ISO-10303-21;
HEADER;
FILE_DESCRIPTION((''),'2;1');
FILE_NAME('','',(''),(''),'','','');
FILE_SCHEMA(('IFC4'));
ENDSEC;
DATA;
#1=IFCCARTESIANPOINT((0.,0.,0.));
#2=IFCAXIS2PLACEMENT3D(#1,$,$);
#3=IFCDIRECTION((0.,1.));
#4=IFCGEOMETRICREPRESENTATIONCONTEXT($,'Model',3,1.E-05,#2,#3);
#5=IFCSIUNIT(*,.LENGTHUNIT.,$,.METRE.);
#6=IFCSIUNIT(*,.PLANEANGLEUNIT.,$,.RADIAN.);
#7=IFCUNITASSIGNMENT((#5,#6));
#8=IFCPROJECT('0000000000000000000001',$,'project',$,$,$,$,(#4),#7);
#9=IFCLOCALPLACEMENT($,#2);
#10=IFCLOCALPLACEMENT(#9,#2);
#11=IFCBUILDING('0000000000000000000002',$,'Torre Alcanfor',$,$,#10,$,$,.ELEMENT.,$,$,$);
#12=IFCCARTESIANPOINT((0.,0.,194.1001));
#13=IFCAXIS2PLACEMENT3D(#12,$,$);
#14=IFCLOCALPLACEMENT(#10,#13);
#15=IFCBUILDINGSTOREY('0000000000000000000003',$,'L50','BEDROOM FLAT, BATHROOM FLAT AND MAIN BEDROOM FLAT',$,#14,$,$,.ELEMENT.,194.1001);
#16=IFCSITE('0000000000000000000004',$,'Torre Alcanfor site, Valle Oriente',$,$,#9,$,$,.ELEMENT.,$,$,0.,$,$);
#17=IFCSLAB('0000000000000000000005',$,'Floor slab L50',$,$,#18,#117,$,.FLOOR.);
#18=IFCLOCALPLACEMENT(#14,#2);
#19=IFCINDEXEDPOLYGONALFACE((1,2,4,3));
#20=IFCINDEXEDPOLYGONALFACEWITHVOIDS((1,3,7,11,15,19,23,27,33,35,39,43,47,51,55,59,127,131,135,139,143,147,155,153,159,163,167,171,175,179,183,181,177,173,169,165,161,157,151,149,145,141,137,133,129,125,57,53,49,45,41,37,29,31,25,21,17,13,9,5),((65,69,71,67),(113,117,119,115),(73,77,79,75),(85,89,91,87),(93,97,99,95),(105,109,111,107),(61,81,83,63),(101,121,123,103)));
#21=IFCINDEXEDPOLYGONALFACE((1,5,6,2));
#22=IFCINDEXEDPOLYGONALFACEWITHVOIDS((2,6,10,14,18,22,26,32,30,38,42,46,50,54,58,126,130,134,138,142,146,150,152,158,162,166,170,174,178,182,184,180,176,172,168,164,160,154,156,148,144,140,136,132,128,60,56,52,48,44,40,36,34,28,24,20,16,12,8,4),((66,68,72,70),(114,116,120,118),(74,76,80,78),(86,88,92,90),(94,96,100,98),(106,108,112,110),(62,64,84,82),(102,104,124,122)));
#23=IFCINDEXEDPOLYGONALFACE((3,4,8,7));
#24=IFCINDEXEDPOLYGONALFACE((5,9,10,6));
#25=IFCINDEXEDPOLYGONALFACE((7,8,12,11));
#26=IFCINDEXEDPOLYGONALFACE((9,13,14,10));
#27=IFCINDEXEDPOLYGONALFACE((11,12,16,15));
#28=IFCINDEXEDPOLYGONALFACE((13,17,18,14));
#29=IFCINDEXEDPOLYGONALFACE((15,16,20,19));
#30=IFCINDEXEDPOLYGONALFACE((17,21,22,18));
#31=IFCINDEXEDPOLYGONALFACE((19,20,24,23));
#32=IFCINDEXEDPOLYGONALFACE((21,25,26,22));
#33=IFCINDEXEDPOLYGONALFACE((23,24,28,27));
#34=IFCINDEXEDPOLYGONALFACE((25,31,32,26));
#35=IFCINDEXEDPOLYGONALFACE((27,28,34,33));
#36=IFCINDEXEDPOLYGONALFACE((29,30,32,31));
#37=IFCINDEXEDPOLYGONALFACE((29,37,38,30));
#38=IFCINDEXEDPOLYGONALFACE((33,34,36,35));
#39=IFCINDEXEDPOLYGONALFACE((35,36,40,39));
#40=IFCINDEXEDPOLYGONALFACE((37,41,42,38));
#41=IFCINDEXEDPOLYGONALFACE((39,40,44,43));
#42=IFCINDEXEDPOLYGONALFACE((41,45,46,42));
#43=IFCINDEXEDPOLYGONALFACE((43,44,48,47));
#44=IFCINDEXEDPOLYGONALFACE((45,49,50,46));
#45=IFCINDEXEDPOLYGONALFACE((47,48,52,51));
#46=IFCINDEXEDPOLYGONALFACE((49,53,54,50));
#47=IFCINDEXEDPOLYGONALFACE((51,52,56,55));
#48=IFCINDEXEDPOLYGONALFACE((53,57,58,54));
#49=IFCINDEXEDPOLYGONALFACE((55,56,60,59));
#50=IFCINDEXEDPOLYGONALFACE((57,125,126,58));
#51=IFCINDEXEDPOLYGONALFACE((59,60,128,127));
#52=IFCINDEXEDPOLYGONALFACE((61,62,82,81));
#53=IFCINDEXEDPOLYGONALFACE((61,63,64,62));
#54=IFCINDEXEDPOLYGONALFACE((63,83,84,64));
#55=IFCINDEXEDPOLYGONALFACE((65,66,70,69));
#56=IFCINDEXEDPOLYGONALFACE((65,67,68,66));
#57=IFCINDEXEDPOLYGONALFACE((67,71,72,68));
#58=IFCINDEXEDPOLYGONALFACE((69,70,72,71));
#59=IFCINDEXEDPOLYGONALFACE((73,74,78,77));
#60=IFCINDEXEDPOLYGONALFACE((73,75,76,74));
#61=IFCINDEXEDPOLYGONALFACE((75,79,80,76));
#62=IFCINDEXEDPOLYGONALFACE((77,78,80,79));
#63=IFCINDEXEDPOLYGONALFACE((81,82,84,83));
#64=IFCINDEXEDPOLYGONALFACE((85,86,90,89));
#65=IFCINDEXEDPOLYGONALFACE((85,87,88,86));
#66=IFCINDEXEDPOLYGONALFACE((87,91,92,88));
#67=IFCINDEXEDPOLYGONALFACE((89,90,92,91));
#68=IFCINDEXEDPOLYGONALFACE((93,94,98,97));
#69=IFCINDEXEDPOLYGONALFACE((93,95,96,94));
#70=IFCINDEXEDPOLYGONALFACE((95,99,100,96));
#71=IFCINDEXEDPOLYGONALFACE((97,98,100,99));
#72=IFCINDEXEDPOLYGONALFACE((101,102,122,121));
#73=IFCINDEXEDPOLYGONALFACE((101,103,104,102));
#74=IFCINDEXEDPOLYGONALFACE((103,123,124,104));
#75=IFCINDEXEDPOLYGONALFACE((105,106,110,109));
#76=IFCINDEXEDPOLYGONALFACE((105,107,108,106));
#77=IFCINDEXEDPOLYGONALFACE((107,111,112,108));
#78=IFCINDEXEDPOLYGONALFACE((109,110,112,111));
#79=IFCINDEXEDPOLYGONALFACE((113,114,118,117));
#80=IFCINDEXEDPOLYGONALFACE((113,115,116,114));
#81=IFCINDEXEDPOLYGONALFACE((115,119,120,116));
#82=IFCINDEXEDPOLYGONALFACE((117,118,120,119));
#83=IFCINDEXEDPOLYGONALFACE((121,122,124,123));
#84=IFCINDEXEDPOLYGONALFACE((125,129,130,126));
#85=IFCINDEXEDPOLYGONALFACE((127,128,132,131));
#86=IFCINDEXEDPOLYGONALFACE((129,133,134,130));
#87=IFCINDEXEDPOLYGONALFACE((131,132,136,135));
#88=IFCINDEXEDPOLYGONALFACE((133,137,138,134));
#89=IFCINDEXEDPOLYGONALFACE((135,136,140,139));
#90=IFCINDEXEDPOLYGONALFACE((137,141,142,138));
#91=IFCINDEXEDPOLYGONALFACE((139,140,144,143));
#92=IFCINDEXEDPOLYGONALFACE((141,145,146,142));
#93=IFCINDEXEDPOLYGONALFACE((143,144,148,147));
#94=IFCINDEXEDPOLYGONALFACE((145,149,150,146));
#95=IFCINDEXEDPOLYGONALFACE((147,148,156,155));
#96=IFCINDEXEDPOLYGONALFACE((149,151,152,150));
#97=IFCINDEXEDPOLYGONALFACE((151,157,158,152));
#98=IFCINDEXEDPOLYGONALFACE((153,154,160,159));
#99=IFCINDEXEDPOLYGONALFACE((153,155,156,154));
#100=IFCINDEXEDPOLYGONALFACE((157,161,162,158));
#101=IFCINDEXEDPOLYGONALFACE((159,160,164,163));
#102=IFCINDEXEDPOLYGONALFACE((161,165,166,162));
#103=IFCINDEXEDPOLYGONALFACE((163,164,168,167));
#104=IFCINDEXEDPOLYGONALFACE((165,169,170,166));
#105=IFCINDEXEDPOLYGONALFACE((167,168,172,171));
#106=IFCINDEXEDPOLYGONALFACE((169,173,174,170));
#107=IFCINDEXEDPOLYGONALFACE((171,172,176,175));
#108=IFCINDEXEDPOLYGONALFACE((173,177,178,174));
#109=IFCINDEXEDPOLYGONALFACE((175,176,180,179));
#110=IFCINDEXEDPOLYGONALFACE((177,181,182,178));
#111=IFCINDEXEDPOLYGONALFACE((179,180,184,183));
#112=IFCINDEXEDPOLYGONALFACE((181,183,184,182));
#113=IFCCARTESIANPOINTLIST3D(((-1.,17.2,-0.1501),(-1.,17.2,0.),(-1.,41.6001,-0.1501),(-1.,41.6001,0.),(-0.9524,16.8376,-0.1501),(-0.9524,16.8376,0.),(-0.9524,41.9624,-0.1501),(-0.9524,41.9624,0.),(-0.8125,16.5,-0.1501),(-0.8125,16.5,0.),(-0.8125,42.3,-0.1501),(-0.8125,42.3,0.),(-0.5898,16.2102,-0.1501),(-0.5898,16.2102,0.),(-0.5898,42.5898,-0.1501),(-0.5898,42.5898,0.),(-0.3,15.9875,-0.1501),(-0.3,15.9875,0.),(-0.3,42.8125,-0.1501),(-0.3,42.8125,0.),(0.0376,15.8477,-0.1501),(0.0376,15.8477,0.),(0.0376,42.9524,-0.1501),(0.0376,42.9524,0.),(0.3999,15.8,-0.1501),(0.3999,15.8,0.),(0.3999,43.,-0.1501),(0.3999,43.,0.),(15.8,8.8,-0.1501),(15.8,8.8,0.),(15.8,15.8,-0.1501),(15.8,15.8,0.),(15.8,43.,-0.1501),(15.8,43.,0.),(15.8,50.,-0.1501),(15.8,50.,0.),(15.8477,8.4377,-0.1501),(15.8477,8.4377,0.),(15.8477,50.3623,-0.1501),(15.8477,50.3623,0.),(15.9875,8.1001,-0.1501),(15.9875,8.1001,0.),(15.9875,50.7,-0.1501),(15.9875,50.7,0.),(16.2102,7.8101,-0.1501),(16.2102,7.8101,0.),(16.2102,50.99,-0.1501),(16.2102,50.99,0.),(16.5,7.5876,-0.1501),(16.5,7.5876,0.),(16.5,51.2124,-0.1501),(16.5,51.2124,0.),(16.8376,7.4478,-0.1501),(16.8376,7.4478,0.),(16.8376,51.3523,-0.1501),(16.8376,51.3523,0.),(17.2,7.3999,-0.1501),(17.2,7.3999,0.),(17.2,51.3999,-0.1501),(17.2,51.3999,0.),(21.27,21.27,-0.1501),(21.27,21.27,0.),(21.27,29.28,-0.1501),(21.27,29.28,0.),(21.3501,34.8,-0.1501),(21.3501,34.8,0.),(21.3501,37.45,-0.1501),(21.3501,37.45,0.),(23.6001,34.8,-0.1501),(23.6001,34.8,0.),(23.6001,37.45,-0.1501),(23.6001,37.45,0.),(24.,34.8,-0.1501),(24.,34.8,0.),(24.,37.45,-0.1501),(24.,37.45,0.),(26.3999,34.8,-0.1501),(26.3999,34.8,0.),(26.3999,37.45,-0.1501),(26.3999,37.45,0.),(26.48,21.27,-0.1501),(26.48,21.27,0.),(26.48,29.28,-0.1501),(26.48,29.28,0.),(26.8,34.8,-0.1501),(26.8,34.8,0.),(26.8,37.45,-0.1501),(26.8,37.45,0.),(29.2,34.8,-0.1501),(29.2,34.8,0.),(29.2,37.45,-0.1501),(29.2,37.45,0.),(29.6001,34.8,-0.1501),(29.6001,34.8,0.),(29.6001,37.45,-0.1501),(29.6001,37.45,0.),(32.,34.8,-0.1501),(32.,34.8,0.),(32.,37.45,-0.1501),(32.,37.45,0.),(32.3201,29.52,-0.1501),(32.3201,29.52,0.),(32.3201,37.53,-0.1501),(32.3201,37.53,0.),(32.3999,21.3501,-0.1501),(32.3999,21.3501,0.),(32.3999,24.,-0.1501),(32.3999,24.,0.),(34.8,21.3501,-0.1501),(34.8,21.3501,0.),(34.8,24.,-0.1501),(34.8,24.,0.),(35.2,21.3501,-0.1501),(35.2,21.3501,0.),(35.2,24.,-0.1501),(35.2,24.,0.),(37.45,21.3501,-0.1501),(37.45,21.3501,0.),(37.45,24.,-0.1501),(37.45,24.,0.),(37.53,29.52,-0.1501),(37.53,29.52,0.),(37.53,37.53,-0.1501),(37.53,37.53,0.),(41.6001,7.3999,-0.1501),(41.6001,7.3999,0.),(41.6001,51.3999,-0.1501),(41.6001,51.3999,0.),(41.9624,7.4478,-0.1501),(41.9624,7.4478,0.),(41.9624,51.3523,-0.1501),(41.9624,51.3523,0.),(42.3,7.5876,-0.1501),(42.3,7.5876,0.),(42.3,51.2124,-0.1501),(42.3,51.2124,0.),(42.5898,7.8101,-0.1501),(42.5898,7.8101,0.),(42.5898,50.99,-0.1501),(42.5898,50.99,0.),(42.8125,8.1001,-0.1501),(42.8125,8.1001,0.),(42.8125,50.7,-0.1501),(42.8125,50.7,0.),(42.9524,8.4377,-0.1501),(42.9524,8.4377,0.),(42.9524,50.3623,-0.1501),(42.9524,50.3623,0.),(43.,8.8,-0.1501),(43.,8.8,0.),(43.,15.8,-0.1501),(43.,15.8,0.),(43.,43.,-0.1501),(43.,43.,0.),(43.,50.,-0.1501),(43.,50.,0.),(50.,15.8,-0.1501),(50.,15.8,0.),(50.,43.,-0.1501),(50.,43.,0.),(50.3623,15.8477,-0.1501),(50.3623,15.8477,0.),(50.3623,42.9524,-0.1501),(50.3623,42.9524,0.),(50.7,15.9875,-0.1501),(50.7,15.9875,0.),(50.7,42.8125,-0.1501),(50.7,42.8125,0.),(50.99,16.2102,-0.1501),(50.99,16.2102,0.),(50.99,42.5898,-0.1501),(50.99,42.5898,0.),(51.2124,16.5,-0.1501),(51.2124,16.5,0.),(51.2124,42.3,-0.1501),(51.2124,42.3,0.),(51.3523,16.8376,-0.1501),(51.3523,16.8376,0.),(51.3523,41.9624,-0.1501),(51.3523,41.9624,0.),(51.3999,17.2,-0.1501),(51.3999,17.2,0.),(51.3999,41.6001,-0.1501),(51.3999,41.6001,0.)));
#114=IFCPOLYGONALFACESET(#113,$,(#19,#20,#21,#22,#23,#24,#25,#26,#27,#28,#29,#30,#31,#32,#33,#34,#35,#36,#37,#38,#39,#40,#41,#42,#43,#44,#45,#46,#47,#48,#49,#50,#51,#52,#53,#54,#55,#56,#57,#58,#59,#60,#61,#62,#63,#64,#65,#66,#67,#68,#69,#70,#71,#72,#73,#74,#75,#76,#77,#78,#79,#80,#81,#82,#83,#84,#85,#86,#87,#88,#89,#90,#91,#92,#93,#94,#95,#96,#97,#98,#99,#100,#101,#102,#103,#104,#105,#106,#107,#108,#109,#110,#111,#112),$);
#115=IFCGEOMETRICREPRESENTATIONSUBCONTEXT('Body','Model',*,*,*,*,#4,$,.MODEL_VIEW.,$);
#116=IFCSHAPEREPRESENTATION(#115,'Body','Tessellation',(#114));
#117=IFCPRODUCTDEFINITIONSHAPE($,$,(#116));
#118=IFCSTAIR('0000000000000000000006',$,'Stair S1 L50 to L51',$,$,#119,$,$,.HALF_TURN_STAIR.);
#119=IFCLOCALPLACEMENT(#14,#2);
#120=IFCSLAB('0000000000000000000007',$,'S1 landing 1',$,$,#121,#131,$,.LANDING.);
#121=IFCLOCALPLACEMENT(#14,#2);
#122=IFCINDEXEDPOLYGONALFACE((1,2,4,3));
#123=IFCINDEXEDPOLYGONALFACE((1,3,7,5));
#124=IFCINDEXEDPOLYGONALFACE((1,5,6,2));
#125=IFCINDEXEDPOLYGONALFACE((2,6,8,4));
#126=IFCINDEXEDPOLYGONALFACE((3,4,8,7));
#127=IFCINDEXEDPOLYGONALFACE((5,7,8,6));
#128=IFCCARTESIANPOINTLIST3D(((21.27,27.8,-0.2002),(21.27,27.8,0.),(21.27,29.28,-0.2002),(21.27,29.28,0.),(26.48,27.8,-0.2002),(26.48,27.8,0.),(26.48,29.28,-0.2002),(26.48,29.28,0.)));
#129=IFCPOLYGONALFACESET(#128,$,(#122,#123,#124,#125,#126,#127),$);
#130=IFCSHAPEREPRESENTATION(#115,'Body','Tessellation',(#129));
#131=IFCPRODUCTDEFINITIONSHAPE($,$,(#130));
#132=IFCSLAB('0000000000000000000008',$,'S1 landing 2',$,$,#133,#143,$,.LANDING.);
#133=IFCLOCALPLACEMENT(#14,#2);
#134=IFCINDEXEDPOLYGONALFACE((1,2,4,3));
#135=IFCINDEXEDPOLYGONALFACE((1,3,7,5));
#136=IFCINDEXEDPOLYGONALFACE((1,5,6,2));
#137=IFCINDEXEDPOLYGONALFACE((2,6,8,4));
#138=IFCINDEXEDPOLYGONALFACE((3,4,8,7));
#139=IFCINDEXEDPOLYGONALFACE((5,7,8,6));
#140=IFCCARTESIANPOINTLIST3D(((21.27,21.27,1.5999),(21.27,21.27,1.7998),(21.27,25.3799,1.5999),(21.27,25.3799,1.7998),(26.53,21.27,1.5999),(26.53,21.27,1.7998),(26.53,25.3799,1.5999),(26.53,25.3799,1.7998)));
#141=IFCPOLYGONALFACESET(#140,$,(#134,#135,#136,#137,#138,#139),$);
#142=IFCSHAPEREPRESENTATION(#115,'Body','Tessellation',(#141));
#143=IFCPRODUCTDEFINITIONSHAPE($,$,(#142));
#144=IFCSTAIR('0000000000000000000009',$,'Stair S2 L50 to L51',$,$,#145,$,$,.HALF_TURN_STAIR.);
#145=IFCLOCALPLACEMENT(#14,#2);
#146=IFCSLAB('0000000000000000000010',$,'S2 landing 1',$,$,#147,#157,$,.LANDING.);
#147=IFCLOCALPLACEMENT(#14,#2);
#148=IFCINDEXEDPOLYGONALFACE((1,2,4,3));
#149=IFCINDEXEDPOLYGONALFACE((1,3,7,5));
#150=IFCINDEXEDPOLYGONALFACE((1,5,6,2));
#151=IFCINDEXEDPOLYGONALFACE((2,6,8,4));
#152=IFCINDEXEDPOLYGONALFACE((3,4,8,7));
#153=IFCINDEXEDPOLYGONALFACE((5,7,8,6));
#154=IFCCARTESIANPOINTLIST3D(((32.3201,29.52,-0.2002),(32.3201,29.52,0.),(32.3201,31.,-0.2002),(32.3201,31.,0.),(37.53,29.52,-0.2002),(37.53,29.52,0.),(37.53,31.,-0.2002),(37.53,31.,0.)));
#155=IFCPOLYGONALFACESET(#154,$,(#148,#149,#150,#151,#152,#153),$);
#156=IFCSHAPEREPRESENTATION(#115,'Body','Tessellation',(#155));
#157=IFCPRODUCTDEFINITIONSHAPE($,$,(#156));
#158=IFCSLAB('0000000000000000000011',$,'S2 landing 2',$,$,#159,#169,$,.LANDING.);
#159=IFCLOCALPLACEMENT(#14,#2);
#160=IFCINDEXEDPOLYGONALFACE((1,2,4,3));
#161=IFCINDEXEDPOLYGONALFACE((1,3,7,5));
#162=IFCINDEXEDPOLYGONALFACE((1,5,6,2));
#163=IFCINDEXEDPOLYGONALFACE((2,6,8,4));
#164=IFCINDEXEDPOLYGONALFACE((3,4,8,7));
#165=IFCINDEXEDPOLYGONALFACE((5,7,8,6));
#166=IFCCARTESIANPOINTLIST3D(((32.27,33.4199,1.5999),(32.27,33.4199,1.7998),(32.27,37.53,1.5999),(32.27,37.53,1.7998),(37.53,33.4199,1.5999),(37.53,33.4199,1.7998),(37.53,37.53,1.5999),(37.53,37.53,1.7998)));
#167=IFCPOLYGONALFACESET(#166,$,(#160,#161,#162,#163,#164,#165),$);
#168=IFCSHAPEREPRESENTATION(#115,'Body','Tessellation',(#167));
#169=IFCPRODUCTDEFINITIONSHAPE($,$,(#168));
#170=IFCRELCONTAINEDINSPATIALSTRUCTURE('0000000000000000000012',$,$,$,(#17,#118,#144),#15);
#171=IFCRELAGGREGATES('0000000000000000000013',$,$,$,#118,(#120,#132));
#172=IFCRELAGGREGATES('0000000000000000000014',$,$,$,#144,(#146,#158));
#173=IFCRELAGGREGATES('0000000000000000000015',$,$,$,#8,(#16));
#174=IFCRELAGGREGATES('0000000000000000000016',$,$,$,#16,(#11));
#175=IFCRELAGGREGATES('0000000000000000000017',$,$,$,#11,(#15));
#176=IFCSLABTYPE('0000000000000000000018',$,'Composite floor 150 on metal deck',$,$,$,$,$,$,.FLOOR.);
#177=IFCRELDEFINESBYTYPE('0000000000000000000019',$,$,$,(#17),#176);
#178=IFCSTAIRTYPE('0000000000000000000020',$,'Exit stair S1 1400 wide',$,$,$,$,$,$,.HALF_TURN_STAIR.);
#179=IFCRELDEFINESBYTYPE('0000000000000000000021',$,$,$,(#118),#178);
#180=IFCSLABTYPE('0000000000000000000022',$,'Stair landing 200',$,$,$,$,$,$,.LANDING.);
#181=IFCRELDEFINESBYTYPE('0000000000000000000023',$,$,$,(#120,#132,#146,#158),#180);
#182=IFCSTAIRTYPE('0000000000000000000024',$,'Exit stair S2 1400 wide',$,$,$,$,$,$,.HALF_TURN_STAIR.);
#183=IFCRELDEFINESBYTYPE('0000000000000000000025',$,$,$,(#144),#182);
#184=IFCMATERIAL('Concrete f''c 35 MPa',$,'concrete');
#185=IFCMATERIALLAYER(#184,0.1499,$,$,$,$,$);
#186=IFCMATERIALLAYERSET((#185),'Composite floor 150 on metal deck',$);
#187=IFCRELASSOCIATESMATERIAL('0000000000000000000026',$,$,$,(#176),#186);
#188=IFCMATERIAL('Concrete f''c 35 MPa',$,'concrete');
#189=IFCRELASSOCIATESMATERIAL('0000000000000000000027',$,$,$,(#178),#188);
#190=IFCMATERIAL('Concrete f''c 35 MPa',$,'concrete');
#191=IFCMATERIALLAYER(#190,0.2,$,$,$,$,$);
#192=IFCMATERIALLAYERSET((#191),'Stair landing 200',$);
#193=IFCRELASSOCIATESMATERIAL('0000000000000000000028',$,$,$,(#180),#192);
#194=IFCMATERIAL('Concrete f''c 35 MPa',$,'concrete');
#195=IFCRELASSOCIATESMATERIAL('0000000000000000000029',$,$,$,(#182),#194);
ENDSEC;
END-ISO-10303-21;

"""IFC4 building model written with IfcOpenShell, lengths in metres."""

from ifc_helpers import new_model, si_unit, direction, frame, origin, place, context, subcontext, project, spatial, polyline, outline, extrude, material, layer, layer_set, type_object, element, aggregate, save


model = new_model("IFC4")

# Units and contexts
model_context = context("Model", 3, precision=1e-05, world=origin(), true_north=direction((0.0, 1.0)))
body_context = subcontext(model_context, "Body", "Model", "MODEL_VIEW")
ifc_project = project(units=[si_unit("LENGTHUNIT", "METRE"), si_unit("PLANEANGLEUNIT", "RADIAN")], contexts=[model_context])

# Site, building, storey
site_placement = place(None, origin())
site = spatial("IfcSite", under=ifc_project, at=site_placement, Name="Torre Alcanfor site, Valle Oriente", CompositionType="ELEMENT", RefElevation=0.0)
building_placement = place(site_placement, origin())
building = spatial("IfcBuilding", under=site, at=building_placement, Name="Torre Alcanfor", CompositionType="ELEMENT")
storey_placement = place(building_placement, frame((0.0, 0.0, 194.1001)))
storey = spatial("IfcBuildingStorey", under=building, at=storey_placement, Name="L50", Description="BEDROOM FLAT, BATHROOM FLAT AND MAIN BEDROOM FLAT", CompositionType="ELEMENT", Elevation=194.1001)

# Slab
ifc_material_1 = material(Name="Concrete f'c 35 MPa", Category="concrete")
ifc_layer_1 = layer(ifc_material_1, 0.1499)
ifc_layer_set_1 = layer_set([ifc_layer_1], Name="Composite floor 150 on metal deck")
slab_type_1 = type_object("IfcSlabType", Name="Composite floor 150 on metal deck", PredefinedType="FLOOR", material=ifc_layer_set_1)
slab_1_placement = place(storey_placement, frame((0.0, 0.0, -0.1501)))
element("IfcSlab", 1, at=slab_1_placement, inside=storey, type_object=slab_type_1, Name="Floor slab L50", PredefinedType="FLOOR", context=body_context, shape_type="SweptSolid", body=[
    extrude(outline(polyline([(15.8, 43.0), (0.3999, 43.0), (0.0376, 42.9524), (-0.3, 42.8125), (-0.5898, 42.5898), (-0.8125, 42.3), (-0.9524, 41.9624), (-1.0, 41.6001), (-1.0, 17.2), (-0.9524, 16.8376), (-0.8125, 16.5), (-0.5898, 16.2102), (-0.3, 15.9875), (0.0376, 15.8477), (0.3999, 15.8), (15.8, 15.8), (15.8, 8.8), (15.8477, 8.4377), (15.9875, 8.1001), (16.2102, 7.8101), (16.5, 7.5876), (16.8376, 7.4478), (17.2, 7.3999), (41.6001, 7.3999), (41.9624, 7.4478), (42.3, 7.5876), (42.5898, 7.8101), (42.8125, 8.1001), (42.9524, 8.4377), (43.0, 8.8), (43.0, 15.8), (50.0, 15.8), (50.3623, 15.8477), (50.7, 15.9875), (50.99, 16.2102), (51.2124, 16.5), (51.3523, 16.8376), (51.3999, 17.2), (51.3999, 41.6001), (51.3523, 41.9624), (51.2124, 42.3), (50.99, 42.5898), (50.7, 42.8125), (50.3623, 42.9524), (50.0, 43.0), (43.0, 43.0), (43.0, 50.0), (42.9524, 50.3623), (42.8125, 50.7), (42.5898, 50.99), (42.3, 51.2124), (41.9624, 51.3523), (41.6001, 51.3999), (17.2, 51.3999), (16.8376, 51.3523), (16.5, 51.2124), (16.2102, 50.99), (15.9875, 50.7), (15.8477, 50.3623), (15.8, 50.0), (15.8, 43.0)]), holes=[polyline([(21.27, 21.27), (26.48, 21.27), (26.48, 29.28), (21.27, 29.28), (21.27, 21.27)]), polyline([(32.3201, 29.52), (37.53, 29.52), (37.53, 37.53), (32.3201, 37.53), (32.3201, 29.52)]), polyline([(32.3999, 21.3501), (34.8, 21.3501), (34.8, 24.0), (32.3999, 24.0), (32.3999, 21.3501)]), polyline([(35.2, 21.3501), (37.45, 21.3501), (37.45, 24.0), (35.2, 24.0), (35.2, 21.3501)]), polyline([(21.3501, 34.8), (23.6001, 34.8), (23.6001, 37.45), (21.3501, 37.45), (21.3501, 34.8)]), polyline([(24.0, 34.8), (26.3999, 34.8), (26.3999, 37.45), (24.0, 37.45), (24.0, 34.8)]), polyline([(26.8, 34.8), (29.2, 34.8), (29.2, 37.45), (26.8, 37.45), (26.8, 34.8)]), polyline([(29.6001, 34.8), (32.0, 34.8), (32.0, 37.45), (29.6001, 37.45), (29.6001, 34.8)])]), origin(), (0.0, 0.0, 1.0), 0.1501),
])

# Stairs, slabs
ifc_material_2 = material(Name="Concrete f'c 35 MPa", Category="concrete")
stair_type_1 = type_object("IfcStairType", Name="Exit stair S1 1400 wide", PredefinedType="HALF_TURN_STAIR", material=ifc_material_2)
stair_1_placement = place(storey_placement, origin())
stair_1 = element("IfcStair", 2, at=stair_1_placement, inside=storey, type_object=stair_type_1, Name="Stair S1 L50 to L51", PredefinedType="HALF_TURN_STAIR")
ifc_material_3 = material(Name="Concrete f'c 35 MPa", Category="concrete")
ifc_layer_2 = layer(ifc_material_3, 0.2)
ifc_layer_set_2 = layer_set([ifc_layer_2], Name="Stair landing 200")
slab_type_2 = type_object("IfcSlabType", Name="Stair landing 200", PredefinedType="LANDING", material=ifc_layer_set_2)
slab_2_placement = place(storey_placement, frame((0.0, 0.0, -0.2002)))
slab_2 = element("IfcSlab", 3, at=slab_2_placement, type_object=slab_type_2, Name="S1 landing 1", PredefinedType="LANDING", context=body_context, shape_type="SweptSolid", body=[
    extrude(outline(polyline([(21.27, 27.8), (26.48, 27.8), (26.48, 29.28), (21.27, 29.28), (21.27, 27.8)])), origin(), (0.0, 0.0, 1.0), 0.2002),
])
slab_3_placement = place(storey_placement, frame((0.0, 0.0, 1.5999)))
slab_3 = element("IfcSlab", 4, at=slab_3_placement, type_object=slab_type_2, Name="S1 landing 2", PredefinedType="LANDING", context=body_context, shape_type="SweptSolid", body=[
    extrude(outline(polyline([(21.27, 21.27), (26.53, 21.27), (26.53, 25.3799), (21.27, 25.3799), (21.27, 21.27)])), origin(), (0.0, 0.0, 1.0), 0.2),
])
aggregate(stair_1, [slab_2, slab_3])
ifc_material_4 = material(Name="Concrete f'c 35 MPa", Category="concrete")
stair_type_2 = type_object("IfcStairType", Name="Exit stair S2 1400 wide", PredefinedType="HALF_TURN_STAIR", material=ifc_material_4)
stair_2_placement = place(storey_placement, origin())
stair_2 = element("IfcStair", 5, at=stair_2_placement, inside=storey, type_object=stair_type_2, Name="Stair S2 L50 to L51", PredefinedType="HALF_TURN_STAIR")
slab_4_placement = place(storey_placement, frame((0.0, 0.0, -0.2002)))
slab_4 = element("IfcSlab", 6, at=slab_4_placement, type_object=slab_type_2, Name="S2 landing 1", PredefinedType="LANDING", context=body_context, shape_type="SweptSolid", body=[
    extrude(outline(polyline([(32.3201, 29.52), (37.53, 29.52), (37.53, 31.0), (32.3201, 31.0), (32.3201, 29.52)])), origin(), (0.0, 0.0, 1.0), 0.2002),
])
slab_5_placement = place(storey_placement, frame((0.0, 0.0, 1.5999)))
slab_5 = element("IfcSlab", 7, at=slab_5_placement, type_object=slab_type_2, Name="S2 landing 2", PredefinedType="LANDING", context=body_context, shape_type="SweptSolid", body=[
    extrude(outline(polyline([(32.27, 33.4199), (37.53, 33.4199), (37.53, 37.53), (32.27, 37.53), (32.27, 33.4199)])), origin(), (0.0, 0.0, 1.0), 0.2),
])
aggregate(stair_2, [slab_4, slab_5])

save(model, "model.ifc")
